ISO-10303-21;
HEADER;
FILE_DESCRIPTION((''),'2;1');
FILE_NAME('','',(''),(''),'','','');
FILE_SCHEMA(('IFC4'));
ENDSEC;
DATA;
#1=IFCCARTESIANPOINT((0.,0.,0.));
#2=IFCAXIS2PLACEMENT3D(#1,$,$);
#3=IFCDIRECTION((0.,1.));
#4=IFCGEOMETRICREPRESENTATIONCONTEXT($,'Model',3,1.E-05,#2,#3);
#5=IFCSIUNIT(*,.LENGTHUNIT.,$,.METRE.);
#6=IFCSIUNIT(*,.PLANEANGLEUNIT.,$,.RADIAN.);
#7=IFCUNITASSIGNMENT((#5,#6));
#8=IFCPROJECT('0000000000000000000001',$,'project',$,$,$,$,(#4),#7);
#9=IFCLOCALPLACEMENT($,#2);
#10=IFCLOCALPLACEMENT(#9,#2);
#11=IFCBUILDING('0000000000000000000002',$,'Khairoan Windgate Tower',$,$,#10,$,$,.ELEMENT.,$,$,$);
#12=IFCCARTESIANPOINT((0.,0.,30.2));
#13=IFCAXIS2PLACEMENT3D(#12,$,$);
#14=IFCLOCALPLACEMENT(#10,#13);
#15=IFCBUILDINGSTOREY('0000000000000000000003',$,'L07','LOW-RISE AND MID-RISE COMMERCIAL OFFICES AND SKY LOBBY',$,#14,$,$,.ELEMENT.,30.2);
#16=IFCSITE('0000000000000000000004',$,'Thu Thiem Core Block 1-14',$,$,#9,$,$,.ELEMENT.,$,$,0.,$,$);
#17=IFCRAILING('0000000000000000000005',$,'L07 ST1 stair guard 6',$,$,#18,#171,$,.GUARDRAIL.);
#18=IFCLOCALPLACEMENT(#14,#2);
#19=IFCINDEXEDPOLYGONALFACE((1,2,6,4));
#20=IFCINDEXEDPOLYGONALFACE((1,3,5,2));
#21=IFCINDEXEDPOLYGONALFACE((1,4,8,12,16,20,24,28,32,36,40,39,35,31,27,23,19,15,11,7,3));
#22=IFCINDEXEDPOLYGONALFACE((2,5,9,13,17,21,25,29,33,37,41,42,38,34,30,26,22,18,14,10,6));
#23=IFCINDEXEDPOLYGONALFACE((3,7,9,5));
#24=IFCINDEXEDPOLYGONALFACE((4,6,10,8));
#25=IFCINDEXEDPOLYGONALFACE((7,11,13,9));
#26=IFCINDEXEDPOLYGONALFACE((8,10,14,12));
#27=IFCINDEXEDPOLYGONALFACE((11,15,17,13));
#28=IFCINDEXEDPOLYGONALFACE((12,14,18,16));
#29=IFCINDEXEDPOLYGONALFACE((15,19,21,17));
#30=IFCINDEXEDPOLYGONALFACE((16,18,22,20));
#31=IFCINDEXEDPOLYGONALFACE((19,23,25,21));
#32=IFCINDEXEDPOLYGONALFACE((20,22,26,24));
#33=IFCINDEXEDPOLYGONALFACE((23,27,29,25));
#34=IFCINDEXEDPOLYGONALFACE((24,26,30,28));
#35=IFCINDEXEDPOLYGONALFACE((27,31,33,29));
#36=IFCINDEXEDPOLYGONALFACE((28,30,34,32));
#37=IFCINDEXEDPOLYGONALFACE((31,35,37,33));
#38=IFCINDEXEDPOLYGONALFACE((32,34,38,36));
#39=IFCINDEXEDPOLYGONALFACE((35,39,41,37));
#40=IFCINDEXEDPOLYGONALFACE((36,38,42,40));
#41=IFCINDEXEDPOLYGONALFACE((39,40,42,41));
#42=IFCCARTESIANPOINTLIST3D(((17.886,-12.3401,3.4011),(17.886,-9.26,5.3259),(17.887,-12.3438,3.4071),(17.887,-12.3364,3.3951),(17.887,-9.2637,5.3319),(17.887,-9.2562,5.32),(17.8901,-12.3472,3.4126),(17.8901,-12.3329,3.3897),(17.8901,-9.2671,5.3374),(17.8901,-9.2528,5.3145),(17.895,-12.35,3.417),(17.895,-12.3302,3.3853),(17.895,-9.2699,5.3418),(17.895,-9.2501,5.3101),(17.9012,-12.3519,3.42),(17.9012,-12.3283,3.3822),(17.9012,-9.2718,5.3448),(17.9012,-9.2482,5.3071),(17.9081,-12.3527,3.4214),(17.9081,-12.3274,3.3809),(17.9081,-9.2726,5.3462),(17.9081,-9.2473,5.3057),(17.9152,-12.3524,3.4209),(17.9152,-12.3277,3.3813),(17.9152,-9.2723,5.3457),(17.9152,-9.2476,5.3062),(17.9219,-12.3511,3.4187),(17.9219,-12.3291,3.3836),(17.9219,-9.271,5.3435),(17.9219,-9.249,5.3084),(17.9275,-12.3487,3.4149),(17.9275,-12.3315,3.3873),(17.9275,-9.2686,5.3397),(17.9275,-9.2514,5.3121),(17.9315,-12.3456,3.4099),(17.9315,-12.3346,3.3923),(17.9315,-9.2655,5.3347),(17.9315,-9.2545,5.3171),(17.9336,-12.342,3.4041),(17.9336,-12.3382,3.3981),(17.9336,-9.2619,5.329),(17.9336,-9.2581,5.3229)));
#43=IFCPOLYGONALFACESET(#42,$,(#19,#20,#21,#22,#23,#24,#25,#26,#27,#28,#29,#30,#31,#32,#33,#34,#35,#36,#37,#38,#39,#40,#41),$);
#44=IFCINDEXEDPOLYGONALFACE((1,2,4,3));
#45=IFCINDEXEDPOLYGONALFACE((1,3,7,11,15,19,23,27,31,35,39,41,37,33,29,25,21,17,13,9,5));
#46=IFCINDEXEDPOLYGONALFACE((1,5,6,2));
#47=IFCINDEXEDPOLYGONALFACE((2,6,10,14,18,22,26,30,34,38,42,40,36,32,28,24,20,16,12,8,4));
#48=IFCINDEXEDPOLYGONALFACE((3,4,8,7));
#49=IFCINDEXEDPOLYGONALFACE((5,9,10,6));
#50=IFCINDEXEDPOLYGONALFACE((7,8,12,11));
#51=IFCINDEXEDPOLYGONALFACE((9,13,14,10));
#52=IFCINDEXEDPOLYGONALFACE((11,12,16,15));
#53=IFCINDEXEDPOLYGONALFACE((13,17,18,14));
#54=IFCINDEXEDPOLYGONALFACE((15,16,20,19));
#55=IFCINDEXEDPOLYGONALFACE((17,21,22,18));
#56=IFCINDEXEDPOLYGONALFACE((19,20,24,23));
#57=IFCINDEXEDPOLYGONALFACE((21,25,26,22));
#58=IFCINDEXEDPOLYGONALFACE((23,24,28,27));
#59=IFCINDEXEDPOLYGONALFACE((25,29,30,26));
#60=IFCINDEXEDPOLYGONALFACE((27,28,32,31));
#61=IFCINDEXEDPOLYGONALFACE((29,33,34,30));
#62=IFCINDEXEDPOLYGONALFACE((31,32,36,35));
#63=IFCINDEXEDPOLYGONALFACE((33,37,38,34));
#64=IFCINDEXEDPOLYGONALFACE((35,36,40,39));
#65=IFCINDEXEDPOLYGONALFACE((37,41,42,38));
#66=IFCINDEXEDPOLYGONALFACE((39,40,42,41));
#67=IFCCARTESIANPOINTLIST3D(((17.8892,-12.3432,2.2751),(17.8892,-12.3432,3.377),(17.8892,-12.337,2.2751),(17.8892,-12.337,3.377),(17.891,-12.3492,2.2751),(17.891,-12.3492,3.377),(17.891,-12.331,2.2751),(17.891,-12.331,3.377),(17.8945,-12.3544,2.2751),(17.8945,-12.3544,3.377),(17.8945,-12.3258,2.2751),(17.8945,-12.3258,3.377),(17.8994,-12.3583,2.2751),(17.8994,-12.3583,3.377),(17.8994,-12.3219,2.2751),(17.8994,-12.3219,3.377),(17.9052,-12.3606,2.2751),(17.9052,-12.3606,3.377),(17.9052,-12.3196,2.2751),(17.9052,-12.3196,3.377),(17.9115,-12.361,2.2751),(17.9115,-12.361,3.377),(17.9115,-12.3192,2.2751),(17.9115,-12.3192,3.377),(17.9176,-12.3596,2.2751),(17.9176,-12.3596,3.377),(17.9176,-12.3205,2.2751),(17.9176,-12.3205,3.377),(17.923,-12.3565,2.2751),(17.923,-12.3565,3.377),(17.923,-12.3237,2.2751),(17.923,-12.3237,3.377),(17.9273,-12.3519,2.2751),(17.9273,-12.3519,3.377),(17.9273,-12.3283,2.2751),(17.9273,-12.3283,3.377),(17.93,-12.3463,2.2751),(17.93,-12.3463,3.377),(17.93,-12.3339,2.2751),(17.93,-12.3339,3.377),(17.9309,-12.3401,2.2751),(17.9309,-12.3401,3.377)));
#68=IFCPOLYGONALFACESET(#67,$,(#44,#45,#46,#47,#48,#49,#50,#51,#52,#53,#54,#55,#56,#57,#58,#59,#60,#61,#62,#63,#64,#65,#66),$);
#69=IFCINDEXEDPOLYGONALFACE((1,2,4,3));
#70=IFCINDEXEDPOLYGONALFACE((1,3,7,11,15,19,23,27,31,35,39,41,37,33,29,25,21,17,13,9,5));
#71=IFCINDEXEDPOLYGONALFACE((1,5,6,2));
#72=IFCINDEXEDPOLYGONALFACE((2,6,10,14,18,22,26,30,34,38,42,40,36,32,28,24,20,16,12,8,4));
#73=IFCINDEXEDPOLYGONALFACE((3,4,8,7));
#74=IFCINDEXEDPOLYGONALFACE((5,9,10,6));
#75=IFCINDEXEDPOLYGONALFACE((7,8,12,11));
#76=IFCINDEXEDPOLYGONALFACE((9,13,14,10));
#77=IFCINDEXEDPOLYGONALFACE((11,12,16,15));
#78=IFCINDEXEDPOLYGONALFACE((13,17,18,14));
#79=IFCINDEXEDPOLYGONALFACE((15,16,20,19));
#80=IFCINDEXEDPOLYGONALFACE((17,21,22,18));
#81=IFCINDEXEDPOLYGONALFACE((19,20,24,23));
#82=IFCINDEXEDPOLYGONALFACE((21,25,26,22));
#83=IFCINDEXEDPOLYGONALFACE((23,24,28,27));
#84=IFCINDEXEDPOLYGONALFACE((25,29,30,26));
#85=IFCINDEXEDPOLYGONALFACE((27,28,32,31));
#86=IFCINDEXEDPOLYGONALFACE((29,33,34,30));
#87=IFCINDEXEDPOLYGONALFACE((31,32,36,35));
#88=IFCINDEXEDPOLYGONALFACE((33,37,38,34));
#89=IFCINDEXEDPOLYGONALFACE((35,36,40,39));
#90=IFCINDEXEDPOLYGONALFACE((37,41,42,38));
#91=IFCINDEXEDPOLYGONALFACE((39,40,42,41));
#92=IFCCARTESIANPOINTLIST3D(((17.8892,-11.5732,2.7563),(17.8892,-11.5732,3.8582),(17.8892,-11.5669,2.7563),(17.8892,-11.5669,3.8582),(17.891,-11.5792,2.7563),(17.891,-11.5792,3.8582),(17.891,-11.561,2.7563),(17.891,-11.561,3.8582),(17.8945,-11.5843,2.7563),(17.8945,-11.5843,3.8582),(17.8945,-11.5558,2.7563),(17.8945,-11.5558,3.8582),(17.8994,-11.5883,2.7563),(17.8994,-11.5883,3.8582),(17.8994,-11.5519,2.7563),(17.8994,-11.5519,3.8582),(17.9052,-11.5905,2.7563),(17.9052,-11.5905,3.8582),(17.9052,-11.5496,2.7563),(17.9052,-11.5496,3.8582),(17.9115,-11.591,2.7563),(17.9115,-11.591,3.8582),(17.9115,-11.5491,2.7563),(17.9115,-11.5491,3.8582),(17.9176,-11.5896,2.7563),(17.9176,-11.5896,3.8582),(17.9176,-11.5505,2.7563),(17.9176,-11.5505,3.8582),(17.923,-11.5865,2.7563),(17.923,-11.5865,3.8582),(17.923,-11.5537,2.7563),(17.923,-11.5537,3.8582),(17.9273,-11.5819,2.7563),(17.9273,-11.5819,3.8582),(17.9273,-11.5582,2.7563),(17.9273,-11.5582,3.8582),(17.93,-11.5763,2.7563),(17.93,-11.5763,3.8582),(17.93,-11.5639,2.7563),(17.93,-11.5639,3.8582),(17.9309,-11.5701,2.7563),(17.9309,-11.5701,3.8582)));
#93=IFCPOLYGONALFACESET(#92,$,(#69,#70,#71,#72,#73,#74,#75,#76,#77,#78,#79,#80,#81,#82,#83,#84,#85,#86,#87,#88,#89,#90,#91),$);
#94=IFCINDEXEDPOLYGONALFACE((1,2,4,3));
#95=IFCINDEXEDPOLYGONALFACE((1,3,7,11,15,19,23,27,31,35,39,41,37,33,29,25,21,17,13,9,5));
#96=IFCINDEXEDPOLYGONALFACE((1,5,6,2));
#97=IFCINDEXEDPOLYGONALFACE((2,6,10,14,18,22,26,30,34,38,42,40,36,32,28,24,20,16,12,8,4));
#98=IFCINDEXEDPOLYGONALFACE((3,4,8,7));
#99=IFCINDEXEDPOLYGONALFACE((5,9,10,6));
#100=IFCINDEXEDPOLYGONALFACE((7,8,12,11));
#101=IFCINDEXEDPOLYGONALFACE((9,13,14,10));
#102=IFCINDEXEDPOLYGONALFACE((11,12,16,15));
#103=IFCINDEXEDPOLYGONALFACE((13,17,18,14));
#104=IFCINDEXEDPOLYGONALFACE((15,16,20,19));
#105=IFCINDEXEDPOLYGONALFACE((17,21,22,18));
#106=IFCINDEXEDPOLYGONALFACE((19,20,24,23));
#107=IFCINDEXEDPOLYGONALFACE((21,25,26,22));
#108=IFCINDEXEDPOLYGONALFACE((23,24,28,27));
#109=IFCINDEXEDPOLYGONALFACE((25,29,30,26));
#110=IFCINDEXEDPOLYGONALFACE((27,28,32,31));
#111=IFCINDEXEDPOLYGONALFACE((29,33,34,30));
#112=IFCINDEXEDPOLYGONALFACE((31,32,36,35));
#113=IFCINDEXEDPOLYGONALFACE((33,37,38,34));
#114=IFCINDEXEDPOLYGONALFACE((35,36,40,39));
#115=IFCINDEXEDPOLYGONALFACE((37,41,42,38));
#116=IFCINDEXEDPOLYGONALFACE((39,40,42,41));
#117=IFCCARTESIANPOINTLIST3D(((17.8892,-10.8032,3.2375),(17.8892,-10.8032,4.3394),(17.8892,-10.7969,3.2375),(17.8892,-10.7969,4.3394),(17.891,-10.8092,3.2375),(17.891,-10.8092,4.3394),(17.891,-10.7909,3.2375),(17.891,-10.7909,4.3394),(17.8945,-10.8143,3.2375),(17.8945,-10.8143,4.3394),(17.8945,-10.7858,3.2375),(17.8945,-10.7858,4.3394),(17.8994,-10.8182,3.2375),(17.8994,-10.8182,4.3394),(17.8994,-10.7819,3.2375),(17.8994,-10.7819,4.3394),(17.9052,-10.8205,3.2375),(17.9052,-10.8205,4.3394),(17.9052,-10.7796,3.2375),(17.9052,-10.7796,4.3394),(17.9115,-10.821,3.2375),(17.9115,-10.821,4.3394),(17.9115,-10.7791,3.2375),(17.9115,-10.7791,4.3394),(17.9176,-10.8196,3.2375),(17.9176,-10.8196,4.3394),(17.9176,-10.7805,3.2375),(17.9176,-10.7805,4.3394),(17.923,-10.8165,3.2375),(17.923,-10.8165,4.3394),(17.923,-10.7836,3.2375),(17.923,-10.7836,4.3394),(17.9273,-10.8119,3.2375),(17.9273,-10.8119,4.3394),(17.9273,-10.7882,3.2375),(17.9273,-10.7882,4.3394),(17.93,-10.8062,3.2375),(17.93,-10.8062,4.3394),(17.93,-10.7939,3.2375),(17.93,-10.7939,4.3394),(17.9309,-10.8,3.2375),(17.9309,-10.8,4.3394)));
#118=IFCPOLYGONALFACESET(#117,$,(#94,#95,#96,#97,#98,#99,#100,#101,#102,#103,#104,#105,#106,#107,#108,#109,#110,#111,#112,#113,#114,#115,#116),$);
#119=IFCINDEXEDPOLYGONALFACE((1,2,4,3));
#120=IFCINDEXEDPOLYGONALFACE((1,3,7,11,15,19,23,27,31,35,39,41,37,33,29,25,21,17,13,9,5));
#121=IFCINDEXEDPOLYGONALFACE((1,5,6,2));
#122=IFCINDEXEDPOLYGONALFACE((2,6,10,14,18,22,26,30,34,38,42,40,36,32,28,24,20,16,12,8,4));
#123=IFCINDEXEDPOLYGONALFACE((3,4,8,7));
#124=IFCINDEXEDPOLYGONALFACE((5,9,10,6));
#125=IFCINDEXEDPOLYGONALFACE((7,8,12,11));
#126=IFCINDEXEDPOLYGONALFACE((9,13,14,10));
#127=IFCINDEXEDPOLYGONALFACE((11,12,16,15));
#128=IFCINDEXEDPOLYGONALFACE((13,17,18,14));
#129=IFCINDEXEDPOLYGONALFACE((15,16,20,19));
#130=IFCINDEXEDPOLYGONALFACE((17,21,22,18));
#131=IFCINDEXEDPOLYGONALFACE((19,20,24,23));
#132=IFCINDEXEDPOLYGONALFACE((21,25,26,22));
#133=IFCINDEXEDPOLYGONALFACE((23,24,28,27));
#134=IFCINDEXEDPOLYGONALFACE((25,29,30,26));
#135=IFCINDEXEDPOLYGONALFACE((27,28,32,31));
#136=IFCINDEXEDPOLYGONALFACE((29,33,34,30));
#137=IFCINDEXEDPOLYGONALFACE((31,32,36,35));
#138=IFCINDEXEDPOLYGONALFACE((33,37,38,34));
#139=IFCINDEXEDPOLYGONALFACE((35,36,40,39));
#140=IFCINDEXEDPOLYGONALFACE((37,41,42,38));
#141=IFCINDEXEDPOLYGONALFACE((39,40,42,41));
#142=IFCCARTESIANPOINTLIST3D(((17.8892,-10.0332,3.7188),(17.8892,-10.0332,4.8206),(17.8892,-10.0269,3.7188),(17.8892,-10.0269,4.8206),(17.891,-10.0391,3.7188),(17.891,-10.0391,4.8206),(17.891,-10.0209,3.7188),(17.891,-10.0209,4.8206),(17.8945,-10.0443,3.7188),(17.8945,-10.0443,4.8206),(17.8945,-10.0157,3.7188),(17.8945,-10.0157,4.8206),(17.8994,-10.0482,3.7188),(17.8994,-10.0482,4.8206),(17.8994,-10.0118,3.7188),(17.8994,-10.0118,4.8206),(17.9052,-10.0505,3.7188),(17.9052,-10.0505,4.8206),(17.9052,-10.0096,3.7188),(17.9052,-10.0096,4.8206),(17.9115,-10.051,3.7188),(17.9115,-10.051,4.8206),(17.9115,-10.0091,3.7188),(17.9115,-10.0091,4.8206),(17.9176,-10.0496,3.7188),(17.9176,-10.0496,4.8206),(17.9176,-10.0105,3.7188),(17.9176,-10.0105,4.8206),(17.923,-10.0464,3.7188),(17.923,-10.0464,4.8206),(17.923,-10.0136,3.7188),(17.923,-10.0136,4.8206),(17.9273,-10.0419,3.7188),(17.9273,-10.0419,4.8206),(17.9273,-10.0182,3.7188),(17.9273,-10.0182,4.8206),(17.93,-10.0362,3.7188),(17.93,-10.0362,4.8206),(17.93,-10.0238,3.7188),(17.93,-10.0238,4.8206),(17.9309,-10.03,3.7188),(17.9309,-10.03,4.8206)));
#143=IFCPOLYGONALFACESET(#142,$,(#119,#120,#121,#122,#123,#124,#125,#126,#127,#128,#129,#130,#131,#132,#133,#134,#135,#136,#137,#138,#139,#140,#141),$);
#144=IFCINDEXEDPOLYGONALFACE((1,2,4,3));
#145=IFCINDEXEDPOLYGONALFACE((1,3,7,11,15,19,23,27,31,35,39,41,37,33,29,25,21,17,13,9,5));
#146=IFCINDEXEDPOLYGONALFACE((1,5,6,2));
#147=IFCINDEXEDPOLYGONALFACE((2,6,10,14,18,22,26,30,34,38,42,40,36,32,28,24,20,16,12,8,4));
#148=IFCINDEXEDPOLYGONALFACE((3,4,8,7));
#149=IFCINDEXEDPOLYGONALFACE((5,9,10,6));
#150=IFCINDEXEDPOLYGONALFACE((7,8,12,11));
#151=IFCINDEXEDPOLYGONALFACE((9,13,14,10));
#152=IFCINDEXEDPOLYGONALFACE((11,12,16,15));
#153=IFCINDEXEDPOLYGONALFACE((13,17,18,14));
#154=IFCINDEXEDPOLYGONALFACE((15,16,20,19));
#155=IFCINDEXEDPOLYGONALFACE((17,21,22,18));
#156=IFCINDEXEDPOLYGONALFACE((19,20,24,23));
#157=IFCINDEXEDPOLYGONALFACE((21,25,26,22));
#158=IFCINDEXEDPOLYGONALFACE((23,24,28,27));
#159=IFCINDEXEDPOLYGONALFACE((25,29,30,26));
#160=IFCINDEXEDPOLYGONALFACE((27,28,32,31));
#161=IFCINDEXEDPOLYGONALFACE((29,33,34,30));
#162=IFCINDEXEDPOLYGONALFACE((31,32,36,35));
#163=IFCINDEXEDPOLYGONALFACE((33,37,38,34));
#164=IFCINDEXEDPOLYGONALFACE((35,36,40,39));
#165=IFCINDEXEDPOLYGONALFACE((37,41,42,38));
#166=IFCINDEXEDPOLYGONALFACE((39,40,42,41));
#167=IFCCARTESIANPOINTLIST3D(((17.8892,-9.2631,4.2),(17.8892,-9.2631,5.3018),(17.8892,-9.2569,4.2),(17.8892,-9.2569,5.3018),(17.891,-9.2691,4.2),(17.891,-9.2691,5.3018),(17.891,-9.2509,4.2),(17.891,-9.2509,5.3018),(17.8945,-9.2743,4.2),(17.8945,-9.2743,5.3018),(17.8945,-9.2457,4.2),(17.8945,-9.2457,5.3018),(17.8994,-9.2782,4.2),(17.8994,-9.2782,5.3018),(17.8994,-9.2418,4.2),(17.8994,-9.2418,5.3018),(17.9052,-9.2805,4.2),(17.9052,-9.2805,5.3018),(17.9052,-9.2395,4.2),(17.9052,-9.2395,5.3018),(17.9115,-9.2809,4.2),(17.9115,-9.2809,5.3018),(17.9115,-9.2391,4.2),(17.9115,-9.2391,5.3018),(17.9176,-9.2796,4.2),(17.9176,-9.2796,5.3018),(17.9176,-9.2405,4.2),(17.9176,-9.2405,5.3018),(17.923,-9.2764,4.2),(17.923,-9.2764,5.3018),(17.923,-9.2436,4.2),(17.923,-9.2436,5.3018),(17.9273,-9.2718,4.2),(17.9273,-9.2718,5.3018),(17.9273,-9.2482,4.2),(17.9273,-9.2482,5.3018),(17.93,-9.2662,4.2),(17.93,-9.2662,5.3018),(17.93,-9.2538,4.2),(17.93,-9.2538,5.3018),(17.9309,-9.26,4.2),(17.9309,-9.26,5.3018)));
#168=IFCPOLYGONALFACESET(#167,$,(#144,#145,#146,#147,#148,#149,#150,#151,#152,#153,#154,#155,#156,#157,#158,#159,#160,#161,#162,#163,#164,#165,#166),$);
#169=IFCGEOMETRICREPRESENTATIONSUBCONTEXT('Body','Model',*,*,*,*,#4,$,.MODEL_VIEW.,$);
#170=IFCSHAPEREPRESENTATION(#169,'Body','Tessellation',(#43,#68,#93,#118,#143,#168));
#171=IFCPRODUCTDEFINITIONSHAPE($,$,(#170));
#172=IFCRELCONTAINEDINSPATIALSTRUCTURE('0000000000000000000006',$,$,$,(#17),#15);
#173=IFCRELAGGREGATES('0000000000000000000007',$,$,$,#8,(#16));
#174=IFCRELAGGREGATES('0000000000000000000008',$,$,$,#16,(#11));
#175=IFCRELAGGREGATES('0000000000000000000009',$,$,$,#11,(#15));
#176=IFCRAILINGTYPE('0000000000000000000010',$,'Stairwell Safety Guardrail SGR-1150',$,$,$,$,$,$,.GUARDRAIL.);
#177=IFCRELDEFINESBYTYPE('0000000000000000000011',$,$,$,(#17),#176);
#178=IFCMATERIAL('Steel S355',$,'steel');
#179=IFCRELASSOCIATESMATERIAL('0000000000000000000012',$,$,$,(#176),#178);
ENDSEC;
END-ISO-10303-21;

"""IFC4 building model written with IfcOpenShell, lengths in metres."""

from ifc_helpers import new_model, si_unit, direction, frame, origin, origin_2d, place, context, subcontext, project, spatial, circle, extrude, material, type_object, element, save


model = new_model("IFC4")

# Units and contexts
model_context = context("Model", 3, precision=1e-05, world=origin(), true_north=direction((0.0, 1.0)))
body_context = subcontext(model_context, "Body", "Model", "MODEL_VIEW")
ifc_project = project(units=[si_unit("LENGTHUNIT", "METRE"), si_unit("PLANEANGLEUNIT", "RADIAN")], contexts=[model_context])

# Site, building, storey
site_placement = place(None, origin())
site = spatial("IfcSite", under=ifc_project, at=site_placement, Name="Thu Thiem Core Block 1-14", CompositionType="ELEMENT", RefElevation=0.0)
building_placement = place(site_placement, origin())
building = spatial("IfcBuilding", under=site, at=building_placement, Name="Khairoan Windgate Tower", CompositionType="ELEMENT")
storey_placement = place(building_placement, frame((0.0, 0.0, 30.2)))
storey = spatial("IfcBuildingStorey", under=building, at=storey_placement, Name="L07", Description="LOW-RISE AND MID-RISE COMMERCIAL OFFICES AND SKY LOBBY", CompositionType="ELEMENT", Elevation=30.2)

# Railing
ifc_material_1 = material(Name="Steel S355", Category="steel")
railing_type = type_object("IfcRailingType", Name="Stairwell Safety Guardrail SGR-1150", PredefinedType="GUARDRAIL", material=ifc_material_1)
railing_1_placement = place(storey_placement, frame((17.9099, -12.3401, 2.2751)))
element("IfcRailing", 1, at=railing_1_placement, inside=storey, type_object=railing_type, Name="L07 ST1 stair guard 6", PredefinedType="GUARDRAIL", context=body_context, shape_type="SweptSolid", body=[
    extrude(circle(Radius=0.0239, at=origin_2d()), frame((0.0, 0.0, 1.126), z_axis=(0.0, 0.848029, 0.529951), x_axis=(-1.0, 0.0, 0.0)), (0.0, 0.0, 1.0), 3.6321),
    extrude(circle(Radius=0.021, at=origin_2d()), origin(), (0.0, 0.0, 1.0), 1.1018),
    extrude(circle(Radius=0.021, at=origin_2d()), frame((0.0, 0.77, 0.4812)), (0.0, 0.0, 1.0), 1.1018),
    extrude(circle(Radius=0.021, at=origin_2d()), frame((0.0, 1.54, 0.9624)), (0.0, 0.0, 1.0), 1.1018),
    extrude(circle(Radius=0.021, at=origin_2d()), frame((0.0, 2.3101, 1.4436)), (0.0, 0.0, 1.0), 1.1018),
    extrude(circle(Radius=0.021, at=origin_2d()), frame((0.0, 3.0801, 1.9248)), (0.0, 0.0, 1.0), 1.1018),
])

save(model, "model.ifc")
